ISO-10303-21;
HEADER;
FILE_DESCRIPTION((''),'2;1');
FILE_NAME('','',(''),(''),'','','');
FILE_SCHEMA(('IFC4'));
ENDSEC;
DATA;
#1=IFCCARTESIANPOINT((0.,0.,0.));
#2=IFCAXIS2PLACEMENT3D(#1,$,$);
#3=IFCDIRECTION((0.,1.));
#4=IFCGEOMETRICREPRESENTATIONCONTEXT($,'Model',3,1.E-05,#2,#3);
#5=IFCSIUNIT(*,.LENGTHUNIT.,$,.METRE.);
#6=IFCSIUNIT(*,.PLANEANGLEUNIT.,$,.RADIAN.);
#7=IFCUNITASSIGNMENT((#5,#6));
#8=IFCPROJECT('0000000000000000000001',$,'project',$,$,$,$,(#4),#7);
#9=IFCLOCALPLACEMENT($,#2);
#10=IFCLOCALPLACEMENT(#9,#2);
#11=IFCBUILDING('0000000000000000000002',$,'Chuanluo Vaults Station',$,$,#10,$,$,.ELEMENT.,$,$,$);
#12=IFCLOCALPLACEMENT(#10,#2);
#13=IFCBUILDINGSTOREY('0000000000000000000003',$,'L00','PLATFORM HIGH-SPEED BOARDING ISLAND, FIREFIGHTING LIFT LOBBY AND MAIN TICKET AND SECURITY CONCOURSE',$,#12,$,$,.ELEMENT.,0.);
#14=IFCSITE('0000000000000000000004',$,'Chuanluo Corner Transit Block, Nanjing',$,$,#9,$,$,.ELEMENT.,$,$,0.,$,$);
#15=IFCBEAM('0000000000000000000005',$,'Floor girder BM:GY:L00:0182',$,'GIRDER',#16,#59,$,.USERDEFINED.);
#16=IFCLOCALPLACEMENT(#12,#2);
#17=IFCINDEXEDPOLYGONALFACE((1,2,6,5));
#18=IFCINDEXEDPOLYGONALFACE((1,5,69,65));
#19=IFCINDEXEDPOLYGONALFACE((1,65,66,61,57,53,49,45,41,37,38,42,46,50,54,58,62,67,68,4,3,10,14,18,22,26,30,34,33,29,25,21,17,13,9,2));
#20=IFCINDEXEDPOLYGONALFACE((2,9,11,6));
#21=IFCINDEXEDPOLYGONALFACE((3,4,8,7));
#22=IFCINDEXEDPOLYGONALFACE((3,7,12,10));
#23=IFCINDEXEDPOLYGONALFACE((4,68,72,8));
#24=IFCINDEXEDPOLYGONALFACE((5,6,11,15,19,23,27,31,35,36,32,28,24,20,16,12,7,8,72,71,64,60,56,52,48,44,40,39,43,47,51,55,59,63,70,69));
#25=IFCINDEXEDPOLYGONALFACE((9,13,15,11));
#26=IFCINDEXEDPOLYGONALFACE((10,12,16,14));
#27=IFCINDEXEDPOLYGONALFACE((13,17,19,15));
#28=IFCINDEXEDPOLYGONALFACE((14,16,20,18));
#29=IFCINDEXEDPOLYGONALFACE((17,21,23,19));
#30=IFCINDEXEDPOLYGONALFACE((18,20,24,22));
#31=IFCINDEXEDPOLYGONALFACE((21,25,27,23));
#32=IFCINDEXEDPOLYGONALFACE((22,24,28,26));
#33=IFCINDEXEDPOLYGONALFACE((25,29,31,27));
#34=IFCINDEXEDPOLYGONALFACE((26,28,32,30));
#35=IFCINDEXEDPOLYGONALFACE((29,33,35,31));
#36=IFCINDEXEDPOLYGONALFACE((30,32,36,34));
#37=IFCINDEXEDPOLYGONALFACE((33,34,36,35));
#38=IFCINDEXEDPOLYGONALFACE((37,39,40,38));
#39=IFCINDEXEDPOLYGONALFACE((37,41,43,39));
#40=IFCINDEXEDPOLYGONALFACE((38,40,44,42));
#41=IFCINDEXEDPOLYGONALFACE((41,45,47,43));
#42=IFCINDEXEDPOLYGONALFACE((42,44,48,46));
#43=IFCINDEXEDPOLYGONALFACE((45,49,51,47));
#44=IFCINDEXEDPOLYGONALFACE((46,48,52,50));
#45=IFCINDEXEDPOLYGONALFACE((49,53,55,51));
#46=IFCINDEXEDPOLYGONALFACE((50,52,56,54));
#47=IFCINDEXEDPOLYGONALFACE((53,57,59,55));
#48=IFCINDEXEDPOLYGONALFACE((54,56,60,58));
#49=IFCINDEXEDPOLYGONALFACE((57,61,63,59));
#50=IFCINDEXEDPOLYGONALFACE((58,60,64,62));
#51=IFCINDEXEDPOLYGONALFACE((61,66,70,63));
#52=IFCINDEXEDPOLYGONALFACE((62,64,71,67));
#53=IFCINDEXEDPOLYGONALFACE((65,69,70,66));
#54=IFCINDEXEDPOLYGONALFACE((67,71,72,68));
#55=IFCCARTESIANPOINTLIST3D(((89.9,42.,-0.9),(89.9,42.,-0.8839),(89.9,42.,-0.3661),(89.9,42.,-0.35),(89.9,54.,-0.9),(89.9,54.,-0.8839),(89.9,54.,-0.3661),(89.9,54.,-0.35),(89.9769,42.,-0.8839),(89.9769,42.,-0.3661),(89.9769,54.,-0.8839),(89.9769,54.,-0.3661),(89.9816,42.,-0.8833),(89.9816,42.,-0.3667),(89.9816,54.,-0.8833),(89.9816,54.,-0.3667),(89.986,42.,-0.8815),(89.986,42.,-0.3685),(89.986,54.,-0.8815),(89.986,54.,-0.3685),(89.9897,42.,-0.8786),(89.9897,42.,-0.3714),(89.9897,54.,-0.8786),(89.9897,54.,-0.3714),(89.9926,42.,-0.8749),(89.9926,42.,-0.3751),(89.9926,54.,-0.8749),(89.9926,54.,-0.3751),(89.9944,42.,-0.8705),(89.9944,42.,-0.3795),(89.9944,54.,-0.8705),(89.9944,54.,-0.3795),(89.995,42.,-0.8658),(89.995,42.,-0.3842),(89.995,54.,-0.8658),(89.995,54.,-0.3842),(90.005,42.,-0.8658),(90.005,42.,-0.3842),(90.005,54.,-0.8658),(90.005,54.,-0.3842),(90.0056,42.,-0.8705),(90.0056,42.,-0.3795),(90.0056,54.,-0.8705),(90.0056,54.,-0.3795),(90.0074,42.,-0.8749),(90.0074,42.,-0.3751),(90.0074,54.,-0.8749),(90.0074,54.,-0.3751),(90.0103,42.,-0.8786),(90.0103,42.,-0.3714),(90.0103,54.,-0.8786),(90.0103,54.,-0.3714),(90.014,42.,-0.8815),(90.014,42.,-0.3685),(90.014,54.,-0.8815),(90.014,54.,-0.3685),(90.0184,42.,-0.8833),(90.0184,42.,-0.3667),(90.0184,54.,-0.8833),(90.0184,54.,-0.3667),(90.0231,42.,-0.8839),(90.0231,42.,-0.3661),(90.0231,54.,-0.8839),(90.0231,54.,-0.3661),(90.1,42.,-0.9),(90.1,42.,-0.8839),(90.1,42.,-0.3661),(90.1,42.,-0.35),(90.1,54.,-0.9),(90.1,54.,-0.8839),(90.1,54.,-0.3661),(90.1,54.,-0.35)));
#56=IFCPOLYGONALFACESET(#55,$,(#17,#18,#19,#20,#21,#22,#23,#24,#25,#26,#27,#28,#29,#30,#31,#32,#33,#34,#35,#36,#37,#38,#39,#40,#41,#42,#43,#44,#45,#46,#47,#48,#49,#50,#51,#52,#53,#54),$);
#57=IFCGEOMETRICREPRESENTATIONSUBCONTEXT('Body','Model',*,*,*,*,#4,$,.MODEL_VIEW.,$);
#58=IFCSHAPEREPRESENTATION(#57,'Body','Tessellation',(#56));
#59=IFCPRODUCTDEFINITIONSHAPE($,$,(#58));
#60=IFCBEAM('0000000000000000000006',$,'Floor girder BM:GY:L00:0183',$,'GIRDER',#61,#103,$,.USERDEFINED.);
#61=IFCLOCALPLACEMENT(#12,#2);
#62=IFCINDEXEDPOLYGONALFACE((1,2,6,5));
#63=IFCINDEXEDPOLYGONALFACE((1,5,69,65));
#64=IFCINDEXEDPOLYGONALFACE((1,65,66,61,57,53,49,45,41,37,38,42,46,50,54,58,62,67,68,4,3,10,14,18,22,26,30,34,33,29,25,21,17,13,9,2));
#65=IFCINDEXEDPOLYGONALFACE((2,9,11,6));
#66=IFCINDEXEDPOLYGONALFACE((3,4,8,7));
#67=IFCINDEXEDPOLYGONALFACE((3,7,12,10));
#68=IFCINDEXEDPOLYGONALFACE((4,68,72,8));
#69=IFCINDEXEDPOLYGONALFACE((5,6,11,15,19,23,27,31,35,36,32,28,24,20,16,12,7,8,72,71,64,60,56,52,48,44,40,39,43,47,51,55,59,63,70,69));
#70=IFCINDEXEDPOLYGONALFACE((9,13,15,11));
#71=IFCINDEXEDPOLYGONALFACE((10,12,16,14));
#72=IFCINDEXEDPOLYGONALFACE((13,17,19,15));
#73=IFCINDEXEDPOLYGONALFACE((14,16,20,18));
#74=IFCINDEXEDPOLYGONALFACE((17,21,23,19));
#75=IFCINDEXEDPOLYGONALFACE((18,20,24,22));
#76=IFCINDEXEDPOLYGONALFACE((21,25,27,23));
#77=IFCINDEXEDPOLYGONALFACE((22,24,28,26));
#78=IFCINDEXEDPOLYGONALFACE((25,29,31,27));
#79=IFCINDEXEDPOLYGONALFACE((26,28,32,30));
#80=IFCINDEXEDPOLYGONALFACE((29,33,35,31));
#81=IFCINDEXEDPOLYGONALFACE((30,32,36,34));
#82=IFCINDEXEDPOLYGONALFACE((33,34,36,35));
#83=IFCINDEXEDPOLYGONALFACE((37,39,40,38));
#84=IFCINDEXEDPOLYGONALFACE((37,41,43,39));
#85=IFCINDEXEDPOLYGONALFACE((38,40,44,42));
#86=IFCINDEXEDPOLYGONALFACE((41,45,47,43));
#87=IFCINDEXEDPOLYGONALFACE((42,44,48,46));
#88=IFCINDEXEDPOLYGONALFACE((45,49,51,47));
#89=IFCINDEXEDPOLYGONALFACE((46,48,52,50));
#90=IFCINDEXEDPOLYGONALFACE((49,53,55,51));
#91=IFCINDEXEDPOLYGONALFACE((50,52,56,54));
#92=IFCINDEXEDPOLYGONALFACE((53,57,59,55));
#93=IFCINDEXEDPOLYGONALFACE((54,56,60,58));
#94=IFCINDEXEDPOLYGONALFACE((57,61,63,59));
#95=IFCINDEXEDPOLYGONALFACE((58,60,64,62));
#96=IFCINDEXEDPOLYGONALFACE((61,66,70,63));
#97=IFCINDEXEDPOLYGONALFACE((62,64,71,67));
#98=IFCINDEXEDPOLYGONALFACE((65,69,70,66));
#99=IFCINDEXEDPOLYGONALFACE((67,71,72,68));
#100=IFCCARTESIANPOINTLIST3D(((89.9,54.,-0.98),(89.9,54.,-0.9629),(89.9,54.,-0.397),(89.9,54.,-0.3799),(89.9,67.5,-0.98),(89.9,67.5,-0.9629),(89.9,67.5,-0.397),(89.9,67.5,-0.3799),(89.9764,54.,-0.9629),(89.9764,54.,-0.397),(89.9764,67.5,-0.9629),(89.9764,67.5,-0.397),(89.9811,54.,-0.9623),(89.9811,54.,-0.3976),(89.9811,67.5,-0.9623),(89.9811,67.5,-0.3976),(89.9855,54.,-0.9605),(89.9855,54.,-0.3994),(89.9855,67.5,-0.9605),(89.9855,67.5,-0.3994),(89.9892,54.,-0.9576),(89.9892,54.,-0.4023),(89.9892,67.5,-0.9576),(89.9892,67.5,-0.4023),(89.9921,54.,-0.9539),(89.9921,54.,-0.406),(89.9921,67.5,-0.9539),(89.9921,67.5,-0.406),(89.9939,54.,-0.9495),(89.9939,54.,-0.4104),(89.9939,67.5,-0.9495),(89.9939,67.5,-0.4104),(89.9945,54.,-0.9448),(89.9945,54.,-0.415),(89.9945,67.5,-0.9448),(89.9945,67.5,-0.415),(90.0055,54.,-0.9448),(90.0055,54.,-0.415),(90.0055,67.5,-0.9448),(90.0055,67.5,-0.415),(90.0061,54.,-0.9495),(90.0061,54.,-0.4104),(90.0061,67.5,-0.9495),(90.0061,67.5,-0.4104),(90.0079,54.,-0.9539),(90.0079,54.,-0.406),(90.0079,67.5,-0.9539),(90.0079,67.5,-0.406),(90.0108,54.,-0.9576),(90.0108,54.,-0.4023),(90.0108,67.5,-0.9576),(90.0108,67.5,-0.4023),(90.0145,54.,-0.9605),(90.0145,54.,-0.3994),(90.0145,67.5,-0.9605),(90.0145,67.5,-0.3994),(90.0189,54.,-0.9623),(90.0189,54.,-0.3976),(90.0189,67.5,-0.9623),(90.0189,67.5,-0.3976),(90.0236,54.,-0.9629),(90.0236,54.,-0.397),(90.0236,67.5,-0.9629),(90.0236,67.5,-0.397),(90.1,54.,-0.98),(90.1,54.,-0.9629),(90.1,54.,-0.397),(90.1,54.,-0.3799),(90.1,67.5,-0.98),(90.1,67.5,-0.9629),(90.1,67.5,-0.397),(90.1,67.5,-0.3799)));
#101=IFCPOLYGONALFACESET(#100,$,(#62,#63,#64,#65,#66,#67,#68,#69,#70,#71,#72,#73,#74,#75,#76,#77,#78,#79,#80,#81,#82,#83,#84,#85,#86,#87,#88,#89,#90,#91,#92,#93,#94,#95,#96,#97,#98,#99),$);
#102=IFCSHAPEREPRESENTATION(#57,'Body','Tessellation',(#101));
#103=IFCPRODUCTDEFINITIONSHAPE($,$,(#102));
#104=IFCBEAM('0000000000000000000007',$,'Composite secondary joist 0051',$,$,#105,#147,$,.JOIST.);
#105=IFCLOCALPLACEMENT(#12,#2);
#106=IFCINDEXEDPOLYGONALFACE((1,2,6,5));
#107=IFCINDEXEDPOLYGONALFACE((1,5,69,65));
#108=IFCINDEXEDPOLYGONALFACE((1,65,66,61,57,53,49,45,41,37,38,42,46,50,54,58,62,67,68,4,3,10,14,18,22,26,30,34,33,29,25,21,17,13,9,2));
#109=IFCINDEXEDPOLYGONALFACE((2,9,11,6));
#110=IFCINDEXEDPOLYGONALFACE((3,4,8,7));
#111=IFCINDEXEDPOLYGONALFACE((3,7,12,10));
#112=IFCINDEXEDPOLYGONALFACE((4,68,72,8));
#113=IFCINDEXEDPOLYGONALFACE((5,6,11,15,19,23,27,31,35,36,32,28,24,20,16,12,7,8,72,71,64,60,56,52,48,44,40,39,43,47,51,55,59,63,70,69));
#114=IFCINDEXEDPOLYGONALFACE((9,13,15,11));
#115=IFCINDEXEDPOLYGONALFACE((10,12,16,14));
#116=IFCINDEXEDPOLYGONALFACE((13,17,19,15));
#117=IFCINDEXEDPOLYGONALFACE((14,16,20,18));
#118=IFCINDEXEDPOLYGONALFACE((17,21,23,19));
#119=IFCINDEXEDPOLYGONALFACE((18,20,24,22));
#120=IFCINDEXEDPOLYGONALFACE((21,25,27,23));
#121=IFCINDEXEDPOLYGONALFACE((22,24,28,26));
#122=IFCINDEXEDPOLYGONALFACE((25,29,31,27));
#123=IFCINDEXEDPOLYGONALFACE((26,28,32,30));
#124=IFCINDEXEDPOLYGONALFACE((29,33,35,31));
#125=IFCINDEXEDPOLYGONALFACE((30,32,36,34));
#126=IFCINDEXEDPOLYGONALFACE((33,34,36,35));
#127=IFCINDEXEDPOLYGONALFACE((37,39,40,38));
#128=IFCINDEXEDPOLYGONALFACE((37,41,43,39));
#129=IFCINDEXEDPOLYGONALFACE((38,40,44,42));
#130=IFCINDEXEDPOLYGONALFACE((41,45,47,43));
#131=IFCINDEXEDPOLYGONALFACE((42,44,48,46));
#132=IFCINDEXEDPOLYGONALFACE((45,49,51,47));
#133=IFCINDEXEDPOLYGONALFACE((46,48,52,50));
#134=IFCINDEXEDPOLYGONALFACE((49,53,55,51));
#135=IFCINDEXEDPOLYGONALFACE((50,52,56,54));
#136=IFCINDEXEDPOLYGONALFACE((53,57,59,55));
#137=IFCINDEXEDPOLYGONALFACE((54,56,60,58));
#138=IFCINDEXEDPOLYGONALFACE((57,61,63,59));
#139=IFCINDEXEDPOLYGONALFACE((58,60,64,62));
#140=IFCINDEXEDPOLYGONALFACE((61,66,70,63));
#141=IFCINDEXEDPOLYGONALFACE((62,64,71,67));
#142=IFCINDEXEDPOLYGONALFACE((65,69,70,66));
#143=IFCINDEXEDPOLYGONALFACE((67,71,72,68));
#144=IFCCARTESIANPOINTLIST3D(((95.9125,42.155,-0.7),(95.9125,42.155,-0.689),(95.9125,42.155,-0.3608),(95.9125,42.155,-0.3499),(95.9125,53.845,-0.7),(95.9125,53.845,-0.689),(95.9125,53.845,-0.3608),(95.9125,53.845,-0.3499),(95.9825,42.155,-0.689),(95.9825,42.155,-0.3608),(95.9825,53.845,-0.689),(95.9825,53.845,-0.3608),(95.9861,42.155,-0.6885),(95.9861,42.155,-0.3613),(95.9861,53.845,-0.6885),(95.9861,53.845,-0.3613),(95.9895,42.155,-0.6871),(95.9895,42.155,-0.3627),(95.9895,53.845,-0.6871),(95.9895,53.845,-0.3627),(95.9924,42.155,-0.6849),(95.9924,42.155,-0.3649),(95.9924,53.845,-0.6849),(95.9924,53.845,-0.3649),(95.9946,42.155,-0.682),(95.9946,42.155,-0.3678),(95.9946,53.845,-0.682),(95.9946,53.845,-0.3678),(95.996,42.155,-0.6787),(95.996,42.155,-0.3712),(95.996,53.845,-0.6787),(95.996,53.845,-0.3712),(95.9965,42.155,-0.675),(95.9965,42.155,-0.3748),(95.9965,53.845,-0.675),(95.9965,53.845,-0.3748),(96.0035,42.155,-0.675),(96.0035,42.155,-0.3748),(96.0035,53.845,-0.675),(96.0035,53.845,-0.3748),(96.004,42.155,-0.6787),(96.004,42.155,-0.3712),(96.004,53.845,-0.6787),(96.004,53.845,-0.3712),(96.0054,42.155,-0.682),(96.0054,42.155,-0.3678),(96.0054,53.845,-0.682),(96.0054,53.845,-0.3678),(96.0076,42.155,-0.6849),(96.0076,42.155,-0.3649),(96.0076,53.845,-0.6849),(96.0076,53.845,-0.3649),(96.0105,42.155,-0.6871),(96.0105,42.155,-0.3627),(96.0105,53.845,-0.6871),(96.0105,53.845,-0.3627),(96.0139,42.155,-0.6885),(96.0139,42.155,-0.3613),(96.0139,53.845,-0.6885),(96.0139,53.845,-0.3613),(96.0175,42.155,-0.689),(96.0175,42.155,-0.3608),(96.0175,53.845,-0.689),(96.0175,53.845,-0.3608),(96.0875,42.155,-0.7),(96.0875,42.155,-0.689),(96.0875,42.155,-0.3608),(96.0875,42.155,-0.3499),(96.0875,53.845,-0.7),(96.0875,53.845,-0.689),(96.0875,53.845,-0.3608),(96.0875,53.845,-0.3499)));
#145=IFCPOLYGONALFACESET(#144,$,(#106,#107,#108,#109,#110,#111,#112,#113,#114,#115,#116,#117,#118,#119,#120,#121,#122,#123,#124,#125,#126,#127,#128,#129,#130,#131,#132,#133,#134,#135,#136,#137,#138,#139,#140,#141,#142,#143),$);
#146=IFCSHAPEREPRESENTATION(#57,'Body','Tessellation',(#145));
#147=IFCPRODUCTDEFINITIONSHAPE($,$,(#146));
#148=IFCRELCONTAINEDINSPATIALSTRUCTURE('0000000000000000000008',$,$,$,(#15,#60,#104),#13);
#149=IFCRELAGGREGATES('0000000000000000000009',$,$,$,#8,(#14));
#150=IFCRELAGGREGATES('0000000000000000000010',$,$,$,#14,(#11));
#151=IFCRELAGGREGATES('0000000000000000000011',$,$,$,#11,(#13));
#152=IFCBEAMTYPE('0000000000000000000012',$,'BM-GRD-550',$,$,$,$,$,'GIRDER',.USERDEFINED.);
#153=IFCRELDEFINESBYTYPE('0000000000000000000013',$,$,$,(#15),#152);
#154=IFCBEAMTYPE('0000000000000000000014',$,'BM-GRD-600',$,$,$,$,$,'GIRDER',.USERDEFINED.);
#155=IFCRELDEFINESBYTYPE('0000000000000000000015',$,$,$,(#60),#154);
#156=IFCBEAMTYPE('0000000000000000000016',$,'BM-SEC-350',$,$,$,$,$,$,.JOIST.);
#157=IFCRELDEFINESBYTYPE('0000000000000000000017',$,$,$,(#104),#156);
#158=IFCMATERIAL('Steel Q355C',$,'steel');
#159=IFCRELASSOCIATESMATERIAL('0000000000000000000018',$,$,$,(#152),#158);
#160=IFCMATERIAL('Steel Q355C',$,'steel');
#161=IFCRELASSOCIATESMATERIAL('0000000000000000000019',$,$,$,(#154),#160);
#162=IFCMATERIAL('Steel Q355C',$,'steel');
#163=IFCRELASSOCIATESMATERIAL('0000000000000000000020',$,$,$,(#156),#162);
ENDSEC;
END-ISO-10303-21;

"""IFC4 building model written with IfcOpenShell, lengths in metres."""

from ifc_helpers import new_model, si_unit, direction, frame, origin, origin_2d, place, context, subcontext, project, spatial, i_section, extrude, material, material_profile, profile_set, type_object, element, save


model = new_model("IFC4")

# Units and contexts
model_context = context("Model", 3, precision=1e-05, world=origin(), true_north=direction((0.0, 1.0)))
body_context = subcontext(model_context, "Body", "Model", "MODEL_VIEW")
ifc_project = project(units=[si_unit("LENGTHUNIT", "METRE"), si_unit("PLANEANGLEUNIT", "RADIAN")], contexts=[model_context])

# Site, building, storey
site_placement = place(None, origin())
site = spatial("IfcSite", under=ifc_project, at=site_placement, Name="Chuanluo Corner Transit Block, Nanjing", CompositionType="ELEMENT", RefElevation=0.0)
building_placement = place(site_placement, origin())
building = spatial("IfcBuilding", under=site, at=building_placement, Name="Chuanluo Vaults Station", CompositionType="ELEMENT")
storey_placement = place(building_placement, origin())
storey = spatial("IfcBuildingStorey", under=building, at=storey_placement, Name="L00", Description="PLATFORM HIGH-SPEED BOARDING ISLAND, FIREFIGHTING LIFT LOBBY AND MAIN TICKET AND SECURITY CONCOURSE", CompositionType="ELEMENT", Elevation=0.0)

# Beams
ifc_material_1 = material(Name="Steel Q355C", Category="steel")
ifc_material_profile_1 = material_profile(ifc_material_1, i_section(OverallWidth=0.2, OverallDepth=0.55, WebThickness=0.01, FlangeThickness=0.0161, FilletRadius=0.0181, at=origin_2d()))
ifc_profile_set_1 = profile_set([ifc_material_profile_1], Name="Steel Q355C")
beam_type_1 = type_object("IfcBeamType", Name="BM-GRD-550", ElementType="GIRDER", PredefinedType="USERDEFINED", material=ifc_profile_set_1)
beam_1_placement = place(storey_placement, frame((90.0, 42.0, -0.625), z_axis=(0.0, 1.0, 0.0), x_axis=(-1.0, 0.0, 0.0)))
element("IfcBeam", 1, at=beam_1_placement, inside=storey, type_object=beam_type_1, Name="Floor girder BM:GY:L00:0182", ObjectType="GIRDER", PredefinedType="USERDEFINED", context=body_context, shape_type="SweptSolid", body=[
    extrude(i_section(OverallWidth=0.2, OverallDepth=0.55, WebThickness=0.01, FlangeThickness=0.0161, FilletRadius=0.0181, at=origin_2d()), origin(), (0.0, 0.0, 1.0), 12.0),
])
ifc_material_2 = material(Name="Steel Q355C", Category="steel")
ifc_material_profile_2 = material_profile(ifc_material_2, i_section(OverallWidth=0.2, OverallDepth=0.6001, WebThickness=0.011, FlangeThickness=0.0171, FilletRadius=0.0181, at=origin_2d()))
ifc_profile_set_2 = profile_set([ifc_material_profile_2], Name="Steel Q355C")
beam_type_2 = type_object("IfcBeamType", Name="BM-GRD-600", ElementType="GIRDER", PredefinedType="USERDEFINED", material=ifc_profile_set_2)
beam_2_placement = place(storey_placement, frame((90.0, 54.0, -0.6799), z_axis=(0.0, 1.0, 0.0), x_axis=(-1.0, 0.0, 0.0)))
element("IfcBeam", 2, at=beam_2_placement, inside=storey, type_object=beam_type_2, Name="Floor girder BM:GY:L00:0183", ObjectType="GIRDER", PredefinedType="USERDEFINED", context=body_context, shape_type="SweptSolid", body=[
    extrude(i_section(OverallWidth=0.2, OverallDepth=0.6001, WebThickness=0.011, FlangeThickness=0.0171, FilletRadius=0.0181, at=origin_2d()), origin(), (0.0, 0.0, 1.0), 13.5),
])
ifc_material_3 = material(Name="Steel Q355C", Category="steel")
ifc_material_profile_3 = material_profile(ifc_material_3, i_section(OverallWidth=0.175, OverallDepth=0.3501, WebThickness=0.0071, FlangeThickness=0.011, FilletRadius=0.0139, at=origin_2d()))
ifc_profile_set_3 = profile_set([ifc_material_profile_3], Name="Steel Q355C")
beam_type_3 = type_object("IfcBeamType", Name="BM-SEC-350", PredefinedType="JOIST", material=ifc_profile_set_3)
beam_3_placement = place(storey_placement, frame((96.0, 42.155, -0.5249), z_axis=(0.0, 1.0, 0.0), x_axis=(-1.0, 0.0, 0.0)))
element("IfcBeam", 3, at=beam_3_placement, inside=storey, type_object=beam_type_3, Name="Composite secondary joist 0051", PredefinedType="JOIST", context=body_context, shape_type="SweptSolid", body=[
    extrude(i_section(OverallWidth=0.175, OverallDepth=0.3501, WebThickness=0.0071, FlangeThickness=0.011, FilletRadius=0.0139, at=origin_2d()), origin(), (0.0, 0.0, 1.0), 11.6899),
])

save(model, "model.ifc")
